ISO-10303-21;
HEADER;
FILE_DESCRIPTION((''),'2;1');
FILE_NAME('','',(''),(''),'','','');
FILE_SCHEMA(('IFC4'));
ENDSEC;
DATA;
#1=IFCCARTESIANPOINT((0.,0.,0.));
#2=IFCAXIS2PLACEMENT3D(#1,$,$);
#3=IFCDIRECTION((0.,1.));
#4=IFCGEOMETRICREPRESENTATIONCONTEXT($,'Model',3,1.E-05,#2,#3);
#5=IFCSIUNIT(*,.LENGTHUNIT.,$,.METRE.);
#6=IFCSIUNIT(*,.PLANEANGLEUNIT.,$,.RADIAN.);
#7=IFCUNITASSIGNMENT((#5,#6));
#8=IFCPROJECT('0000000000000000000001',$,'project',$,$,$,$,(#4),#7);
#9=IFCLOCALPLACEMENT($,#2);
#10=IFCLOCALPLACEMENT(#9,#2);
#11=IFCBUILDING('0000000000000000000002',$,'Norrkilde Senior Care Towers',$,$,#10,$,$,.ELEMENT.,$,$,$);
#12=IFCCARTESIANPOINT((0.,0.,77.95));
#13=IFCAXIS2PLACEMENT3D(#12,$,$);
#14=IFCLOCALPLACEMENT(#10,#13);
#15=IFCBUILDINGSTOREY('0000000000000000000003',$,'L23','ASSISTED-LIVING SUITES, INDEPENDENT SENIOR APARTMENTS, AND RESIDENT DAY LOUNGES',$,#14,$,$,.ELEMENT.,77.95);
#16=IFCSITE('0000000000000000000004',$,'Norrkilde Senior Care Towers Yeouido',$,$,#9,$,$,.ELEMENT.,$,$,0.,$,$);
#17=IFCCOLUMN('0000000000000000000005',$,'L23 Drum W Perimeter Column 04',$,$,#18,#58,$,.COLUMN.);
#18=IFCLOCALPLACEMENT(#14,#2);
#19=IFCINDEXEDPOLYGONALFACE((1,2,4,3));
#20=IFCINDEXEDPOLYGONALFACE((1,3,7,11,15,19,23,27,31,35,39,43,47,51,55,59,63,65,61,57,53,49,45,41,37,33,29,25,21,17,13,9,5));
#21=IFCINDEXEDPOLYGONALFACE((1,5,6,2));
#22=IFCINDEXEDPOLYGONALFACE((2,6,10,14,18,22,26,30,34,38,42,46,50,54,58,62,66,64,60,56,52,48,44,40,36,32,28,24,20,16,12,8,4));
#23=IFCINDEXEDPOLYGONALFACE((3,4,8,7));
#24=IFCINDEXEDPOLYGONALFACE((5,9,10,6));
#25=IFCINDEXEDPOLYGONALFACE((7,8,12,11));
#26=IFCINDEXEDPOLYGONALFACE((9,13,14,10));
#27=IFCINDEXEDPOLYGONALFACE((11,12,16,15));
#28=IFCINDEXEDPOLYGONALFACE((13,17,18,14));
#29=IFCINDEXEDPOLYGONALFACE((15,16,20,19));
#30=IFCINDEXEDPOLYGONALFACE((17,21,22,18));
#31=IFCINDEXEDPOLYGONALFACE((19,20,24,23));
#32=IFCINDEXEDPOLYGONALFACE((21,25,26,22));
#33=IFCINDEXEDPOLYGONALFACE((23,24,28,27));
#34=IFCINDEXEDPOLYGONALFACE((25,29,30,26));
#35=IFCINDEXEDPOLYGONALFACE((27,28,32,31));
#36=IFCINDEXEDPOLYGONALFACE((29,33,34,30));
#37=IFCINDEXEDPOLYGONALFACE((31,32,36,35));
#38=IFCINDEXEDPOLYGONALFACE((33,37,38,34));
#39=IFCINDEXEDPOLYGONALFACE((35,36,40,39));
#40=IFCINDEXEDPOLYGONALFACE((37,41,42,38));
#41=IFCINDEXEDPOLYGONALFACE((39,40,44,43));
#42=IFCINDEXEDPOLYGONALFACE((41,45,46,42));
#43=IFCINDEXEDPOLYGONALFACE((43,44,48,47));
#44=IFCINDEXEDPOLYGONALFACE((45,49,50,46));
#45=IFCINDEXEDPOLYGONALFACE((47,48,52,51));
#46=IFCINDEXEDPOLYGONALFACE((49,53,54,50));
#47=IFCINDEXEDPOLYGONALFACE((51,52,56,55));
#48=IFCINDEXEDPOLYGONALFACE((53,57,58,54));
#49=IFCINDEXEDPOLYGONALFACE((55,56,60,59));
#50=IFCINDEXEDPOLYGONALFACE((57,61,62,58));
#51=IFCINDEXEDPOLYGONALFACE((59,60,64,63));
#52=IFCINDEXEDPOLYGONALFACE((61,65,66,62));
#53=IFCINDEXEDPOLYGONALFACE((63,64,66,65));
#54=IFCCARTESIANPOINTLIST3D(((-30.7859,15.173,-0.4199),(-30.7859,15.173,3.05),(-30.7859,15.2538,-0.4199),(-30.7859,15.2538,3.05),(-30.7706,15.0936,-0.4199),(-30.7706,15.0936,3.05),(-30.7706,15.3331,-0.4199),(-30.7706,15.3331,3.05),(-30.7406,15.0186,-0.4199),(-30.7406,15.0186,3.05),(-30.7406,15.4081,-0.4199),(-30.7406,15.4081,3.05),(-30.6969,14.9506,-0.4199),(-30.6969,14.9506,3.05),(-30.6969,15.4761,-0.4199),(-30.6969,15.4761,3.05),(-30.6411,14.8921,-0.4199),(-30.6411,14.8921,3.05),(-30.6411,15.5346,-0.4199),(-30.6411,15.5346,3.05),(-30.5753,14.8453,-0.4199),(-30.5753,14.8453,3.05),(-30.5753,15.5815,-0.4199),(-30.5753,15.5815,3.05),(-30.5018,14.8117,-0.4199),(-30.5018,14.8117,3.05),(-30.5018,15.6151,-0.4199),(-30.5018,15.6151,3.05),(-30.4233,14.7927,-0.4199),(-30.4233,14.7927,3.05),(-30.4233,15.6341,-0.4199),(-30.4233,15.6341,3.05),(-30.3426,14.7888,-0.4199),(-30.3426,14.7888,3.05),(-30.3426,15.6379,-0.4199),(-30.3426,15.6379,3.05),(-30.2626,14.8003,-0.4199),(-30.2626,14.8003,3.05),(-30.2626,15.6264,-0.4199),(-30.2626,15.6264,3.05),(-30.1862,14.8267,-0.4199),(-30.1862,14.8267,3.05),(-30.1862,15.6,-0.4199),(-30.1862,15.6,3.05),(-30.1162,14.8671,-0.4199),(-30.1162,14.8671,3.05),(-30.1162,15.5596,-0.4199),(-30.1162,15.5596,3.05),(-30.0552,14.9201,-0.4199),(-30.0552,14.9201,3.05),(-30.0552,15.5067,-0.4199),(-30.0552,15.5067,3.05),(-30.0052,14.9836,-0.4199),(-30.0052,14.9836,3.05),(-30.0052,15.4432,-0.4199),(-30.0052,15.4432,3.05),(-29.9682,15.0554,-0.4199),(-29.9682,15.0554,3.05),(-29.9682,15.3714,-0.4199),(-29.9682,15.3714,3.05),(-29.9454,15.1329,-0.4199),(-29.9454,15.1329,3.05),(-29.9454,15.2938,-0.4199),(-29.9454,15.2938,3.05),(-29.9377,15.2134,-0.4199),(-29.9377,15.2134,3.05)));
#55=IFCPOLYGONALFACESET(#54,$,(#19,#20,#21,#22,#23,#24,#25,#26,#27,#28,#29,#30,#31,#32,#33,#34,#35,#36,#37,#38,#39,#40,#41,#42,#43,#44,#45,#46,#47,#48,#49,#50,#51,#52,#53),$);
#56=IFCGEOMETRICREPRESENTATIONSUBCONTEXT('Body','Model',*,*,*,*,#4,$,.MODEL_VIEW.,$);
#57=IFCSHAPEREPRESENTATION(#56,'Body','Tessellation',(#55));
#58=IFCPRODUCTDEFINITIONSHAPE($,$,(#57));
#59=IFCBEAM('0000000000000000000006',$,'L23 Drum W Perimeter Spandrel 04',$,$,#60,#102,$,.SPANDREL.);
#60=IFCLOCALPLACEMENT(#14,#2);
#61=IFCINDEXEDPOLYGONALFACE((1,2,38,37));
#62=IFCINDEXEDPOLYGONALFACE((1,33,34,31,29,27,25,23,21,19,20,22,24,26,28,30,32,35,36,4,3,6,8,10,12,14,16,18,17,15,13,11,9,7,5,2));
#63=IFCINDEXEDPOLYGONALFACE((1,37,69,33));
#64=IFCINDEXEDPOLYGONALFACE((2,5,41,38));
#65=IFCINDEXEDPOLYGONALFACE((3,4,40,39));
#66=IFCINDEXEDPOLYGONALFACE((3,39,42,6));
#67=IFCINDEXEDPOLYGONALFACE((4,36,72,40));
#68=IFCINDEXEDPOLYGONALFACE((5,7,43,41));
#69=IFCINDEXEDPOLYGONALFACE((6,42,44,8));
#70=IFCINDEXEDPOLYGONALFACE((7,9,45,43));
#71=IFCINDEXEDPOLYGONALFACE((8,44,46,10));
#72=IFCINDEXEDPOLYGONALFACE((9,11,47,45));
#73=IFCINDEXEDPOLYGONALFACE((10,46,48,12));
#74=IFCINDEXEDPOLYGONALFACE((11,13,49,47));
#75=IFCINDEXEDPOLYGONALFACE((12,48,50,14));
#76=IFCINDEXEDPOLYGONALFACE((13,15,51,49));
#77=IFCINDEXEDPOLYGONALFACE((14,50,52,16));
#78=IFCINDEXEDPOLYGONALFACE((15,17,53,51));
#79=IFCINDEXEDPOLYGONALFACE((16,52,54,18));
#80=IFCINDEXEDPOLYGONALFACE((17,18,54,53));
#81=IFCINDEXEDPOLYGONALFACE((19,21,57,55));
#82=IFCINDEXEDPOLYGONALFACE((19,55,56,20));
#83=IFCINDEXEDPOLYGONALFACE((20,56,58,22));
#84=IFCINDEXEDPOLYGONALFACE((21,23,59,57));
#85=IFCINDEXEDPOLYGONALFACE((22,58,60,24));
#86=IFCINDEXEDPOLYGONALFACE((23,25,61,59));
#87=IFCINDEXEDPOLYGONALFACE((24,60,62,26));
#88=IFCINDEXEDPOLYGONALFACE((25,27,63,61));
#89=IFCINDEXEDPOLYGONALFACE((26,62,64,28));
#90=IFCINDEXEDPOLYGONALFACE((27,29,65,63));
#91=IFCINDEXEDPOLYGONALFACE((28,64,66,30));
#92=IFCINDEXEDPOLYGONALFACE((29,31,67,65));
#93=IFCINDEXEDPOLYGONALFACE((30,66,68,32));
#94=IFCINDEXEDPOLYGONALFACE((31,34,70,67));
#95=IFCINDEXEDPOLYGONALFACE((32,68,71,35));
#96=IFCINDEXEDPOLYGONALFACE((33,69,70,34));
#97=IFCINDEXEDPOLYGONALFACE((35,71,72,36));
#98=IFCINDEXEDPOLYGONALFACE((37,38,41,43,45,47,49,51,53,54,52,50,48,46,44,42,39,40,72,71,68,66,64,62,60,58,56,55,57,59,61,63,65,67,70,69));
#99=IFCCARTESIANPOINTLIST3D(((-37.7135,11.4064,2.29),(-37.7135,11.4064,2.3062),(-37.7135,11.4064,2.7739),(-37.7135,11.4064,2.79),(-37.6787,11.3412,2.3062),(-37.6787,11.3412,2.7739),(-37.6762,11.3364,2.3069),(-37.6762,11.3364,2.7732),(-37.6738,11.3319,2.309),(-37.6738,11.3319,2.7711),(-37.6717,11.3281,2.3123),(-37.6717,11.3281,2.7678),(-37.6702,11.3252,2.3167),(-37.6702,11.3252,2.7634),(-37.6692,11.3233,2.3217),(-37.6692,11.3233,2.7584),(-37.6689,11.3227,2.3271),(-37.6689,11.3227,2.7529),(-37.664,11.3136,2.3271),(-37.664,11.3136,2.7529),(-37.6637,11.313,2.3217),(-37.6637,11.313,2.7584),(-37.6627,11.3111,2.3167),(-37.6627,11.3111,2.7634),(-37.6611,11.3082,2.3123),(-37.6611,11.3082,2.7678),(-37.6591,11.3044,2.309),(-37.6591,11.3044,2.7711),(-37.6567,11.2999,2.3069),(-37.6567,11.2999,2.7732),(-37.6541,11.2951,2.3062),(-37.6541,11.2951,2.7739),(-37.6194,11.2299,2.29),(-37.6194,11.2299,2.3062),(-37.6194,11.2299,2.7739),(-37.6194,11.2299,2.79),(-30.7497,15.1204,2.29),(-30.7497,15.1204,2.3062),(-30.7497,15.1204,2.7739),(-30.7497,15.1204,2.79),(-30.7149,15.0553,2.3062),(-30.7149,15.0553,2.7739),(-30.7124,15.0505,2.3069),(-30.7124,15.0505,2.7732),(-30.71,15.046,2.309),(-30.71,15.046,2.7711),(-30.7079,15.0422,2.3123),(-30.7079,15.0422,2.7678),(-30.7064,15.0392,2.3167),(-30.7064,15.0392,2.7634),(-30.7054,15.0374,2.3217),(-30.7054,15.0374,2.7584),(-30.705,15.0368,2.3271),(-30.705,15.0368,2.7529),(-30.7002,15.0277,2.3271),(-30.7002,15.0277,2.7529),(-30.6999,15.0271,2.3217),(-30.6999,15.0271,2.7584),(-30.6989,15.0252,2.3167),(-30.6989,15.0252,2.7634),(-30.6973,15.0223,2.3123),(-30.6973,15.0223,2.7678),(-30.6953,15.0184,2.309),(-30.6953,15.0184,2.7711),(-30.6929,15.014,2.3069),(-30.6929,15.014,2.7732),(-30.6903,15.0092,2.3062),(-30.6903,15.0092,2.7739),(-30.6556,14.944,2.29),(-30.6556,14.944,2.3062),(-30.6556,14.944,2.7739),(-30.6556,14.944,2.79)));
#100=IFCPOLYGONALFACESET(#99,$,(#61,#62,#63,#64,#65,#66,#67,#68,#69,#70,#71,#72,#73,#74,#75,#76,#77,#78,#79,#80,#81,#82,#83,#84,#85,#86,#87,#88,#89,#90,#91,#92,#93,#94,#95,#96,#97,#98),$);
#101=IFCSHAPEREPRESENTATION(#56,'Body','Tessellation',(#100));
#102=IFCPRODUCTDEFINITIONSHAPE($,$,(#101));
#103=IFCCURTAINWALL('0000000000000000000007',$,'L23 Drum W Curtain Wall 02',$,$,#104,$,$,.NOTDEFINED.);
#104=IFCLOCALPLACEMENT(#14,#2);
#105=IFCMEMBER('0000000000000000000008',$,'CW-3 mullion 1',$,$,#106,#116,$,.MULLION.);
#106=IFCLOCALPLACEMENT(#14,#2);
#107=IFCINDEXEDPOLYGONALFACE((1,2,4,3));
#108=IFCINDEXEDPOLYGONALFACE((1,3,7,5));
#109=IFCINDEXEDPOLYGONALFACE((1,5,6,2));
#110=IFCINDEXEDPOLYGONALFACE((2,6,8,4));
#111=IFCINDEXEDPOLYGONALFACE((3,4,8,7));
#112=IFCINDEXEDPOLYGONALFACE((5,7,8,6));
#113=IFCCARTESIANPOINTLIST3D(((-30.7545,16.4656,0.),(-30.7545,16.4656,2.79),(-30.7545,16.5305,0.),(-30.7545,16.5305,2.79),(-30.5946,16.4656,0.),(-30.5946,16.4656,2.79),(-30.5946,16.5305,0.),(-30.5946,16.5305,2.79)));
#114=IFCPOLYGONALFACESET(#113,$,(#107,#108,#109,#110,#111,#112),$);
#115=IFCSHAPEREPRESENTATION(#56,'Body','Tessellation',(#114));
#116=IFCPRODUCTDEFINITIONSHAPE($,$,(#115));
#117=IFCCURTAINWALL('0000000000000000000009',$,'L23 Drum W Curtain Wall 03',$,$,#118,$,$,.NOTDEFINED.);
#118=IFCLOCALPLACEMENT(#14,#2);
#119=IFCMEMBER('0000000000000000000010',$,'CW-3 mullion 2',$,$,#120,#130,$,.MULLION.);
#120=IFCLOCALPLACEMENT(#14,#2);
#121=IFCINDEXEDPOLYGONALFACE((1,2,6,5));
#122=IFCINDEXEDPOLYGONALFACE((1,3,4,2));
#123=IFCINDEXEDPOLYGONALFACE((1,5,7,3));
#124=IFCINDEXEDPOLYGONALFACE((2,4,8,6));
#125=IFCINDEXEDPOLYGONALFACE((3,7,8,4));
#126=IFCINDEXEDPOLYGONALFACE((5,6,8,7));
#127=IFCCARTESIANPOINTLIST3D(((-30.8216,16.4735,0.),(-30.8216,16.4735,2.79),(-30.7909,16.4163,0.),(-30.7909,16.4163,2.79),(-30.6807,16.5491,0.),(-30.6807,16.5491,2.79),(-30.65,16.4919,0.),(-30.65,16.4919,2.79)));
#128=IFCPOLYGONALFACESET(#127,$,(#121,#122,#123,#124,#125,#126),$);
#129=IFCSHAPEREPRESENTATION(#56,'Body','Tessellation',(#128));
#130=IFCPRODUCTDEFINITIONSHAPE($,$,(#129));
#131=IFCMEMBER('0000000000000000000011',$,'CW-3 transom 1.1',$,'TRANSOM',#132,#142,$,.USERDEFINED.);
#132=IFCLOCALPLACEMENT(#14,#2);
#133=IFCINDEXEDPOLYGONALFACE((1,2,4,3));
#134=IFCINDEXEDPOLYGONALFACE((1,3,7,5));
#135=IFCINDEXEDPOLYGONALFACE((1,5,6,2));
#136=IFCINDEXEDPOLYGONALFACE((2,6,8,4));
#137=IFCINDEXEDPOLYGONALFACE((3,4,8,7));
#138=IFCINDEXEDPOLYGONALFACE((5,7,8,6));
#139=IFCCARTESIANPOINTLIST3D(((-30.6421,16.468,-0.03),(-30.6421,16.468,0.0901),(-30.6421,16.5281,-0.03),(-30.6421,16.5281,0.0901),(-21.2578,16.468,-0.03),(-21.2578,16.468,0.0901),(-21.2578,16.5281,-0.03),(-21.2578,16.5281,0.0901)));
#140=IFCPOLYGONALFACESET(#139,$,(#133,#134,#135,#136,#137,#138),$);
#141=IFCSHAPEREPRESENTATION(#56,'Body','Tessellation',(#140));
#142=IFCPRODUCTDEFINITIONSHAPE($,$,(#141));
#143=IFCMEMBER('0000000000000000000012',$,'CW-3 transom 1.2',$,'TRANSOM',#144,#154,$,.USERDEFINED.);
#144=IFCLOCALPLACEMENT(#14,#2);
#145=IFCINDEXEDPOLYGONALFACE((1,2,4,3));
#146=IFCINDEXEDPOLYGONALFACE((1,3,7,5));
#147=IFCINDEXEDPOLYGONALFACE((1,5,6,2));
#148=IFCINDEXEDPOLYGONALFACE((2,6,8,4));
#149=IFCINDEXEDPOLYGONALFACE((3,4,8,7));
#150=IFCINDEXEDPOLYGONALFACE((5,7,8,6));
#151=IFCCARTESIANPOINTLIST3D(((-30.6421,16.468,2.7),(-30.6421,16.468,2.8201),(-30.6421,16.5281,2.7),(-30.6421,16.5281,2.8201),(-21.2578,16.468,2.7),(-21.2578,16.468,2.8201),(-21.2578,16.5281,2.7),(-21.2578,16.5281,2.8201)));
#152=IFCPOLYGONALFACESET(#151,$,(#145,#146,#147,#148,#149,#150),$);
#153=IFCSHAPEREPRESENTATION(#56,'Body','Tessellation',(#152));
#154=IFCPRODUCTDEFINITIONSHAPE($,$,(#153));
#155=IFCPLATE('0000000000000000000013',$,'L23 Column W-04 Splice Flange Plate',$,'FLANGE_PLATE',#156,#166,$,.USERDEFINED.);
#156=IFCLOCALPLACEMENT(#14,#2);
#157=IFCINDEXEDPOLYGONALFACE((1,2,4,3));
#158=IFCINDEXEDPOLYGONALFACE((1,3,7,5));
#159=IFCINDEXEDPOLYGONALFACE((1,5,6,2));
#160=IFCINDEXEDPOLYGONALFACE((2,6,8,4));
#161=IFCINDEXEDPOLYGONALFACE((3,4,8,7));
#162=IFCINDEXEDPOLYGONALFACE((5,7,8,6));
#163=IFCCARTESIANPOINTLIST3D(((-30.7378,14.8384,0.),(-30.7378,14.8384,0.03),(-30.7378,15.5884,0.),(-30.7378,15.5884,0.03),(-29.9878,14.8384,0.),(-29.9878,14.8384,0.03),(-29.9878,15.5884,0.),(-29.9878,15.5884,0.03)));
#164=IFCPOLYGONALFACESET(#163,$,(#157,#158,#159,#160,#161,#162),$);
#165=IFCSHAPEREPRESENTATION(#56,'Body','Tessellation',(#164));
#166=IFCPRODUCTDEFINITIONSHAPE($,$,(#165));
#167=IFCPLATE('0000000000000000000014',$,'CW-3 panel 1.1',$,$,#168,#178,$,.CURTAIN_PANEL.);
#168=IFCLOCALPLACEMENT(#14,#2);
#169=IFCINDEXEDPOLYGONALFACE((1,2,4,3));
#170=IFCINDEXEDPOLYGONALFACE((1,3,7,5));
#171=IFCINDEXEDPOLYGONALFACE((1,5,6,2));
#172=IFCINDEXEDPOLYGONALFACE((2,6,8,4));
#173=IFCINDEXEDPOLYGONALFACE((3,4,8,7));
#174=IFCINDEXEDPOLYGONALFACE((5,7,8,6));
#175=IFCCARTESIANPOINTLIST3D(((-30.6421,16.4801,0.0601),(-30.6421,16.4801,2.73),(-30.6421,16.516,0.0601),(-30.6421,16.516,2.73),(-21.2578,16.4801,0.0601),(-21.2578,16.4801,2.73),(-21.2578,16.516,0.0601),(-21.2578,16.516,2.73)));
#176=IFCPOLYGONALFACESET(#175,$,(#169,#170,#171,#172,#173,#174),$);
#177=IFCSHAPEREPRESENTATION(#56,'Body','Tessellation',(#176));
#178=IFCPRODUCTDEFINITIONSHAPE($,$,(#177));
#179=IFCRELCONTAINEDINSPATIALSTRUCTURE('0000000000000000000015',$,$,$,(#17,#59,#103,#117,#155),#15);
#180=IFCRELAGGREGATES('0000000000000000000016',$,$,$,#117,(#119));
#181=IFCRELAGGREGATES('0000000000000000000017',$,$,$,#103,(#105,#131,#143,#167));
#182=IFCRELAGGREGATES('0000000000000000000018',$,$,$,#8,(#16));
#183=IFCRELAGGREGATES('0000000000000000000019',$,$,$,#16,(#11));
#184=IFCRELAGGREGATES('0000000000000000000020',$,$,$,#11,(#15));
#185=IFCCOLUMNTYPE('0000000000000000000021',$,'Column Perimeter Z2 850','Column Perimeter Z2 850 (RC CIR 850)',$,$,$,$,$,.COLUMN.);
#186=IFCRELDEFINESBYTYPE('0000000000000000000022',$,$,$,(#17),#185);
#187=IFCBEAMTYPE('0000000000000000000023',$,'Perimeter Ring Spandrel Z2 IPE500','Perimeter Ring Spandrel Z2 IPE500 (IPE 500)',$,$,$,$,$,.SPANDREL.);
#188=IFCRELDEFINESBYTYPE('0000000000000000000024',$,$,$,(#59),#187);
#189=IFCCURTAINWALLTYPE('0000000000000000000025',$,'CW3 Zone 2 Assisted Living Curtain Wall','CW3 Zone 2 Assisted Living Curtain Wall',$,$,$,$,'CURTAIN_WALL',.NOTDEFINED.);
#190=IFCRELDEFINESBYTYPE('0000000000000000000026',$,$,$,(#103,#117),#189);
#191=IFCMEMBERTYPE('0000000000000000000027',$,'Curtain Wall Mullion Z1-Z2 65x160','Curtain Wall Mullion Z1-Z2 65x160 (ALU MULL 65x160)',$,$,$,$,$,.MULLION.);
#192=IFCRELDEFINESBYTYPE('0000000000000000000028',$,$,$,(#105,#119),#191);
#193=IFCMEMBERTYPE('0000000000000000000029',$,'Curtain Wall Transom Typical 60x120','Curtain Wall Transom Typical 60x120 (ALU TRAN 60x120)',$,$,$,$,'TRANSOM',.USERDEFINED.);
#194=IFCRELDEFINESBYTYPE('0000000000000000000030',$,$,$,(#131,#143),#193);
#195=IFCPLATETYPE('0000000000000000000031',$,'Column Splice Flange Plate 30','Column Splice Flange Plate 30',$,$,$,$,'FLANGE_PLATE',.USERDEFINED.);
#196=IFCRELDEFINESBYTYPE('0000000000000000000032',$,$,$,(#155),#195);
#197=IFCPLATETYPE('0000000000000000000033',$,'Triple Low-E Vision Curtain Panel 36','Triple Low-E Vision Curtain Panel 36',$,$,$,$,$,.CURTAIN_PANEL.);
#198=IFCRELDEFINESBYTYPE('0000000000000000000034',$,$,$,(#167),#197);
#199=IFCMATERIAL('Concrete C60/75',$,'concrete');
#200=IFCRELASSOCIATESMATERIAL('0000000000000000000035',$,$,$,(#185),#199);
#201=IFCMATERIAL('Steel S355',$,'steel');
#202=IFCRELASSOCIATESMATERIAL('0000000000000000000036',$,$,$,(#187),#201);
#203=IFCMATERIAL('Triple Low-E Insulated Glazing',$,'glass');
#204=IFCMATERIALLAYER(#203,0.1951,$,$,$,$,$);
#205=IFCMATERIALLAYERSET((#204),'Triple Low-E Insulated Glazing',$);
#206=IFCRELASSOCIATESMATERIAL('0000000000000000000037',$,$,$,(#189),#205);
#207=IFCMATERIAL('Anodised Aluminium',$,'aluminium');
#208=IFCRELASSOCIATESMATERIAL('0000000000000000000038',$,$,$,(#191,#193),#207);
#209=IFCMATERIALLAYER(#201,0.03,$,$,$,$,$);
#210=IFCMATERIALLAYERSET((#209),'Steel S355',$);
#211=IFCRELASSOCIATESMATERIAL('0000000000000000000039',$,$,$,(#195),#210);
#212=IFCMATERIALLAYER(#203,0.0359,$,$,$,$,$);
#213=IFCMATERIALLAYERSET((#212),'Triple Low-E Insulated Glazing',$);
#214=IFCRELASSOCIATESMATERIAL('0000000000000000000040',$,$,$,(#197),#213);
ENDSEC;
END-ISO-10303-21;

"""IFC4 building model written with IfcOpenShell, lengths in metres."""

from ifc_helpers import new_model, si_unit, direction, frame, origin, origin_2d, place, context, subcontext, project, spatial, rectangle, circle, i_section, extrude, source, transform, mapped, material, layer, layer_set, material_profile, profile_set, type_object, type_shapes, element, aggregate, save


model = new_model("IFC4")

# Units and contexts
model_context = context("Model", 3, precision=1e-05, world=origin(), true_north=direction((0.0, 1.0)))
body_context = subcontext(model_context, "Body", "Model", "MODEL_VIEW")
ifc_project = project(units=[si_unit("LENGTHUNIT", "METRE"), si_unit("PLANEANGLEUNIT", "RADIAN")], contexts=[model_context])

# Site, building, storey
site_placement = place(None, origin())
site = spatial("IfcSite", under=ifc_project, at=site_placement, Name="Norrkilde Senior Care Towers Yeouido", CompositionType="ELEMENT", RefElevation=0.0)
building_placement = place(site_placement, origin())
building = spatial("IfcBuilding", under=site, at=building_placement, Name="Norrkilde Senior Care Towers", CompositionType="ELEMENT")
storey_placement = place(building_placement, frame((0.0, 0.0, 77.95)))
storey = spatial("IfcBuildingStorey", under=building, at=storey_placement, Name="L23", Description="ASSISTED-LIVING SUITES, INDEPENDENT SENIOR APARTMENTS, AND RESIDENT DAY LOUNGES", CompositionType="ELEMENT", Elevation=77.95)

# Column
ifc_material_1 = material(Name="Concrete C60/75", Category="concrete")
ifc_material_profile_1 = material_profile(ifc_material_1, circle(Radius=0.425, at=origin_2d()), Name="RC CIR 850")
ifc_profile_set_1 = profile_set([ifc_material_profile_1], Name="Concrete C60/75")
column_type = type_object("IfcColumnType", Name="Column Perimeter Z2 850", Description="Column Perimeter Z2 850 (RC CIR 850)", PredefinedType="COLUMN", material=ifc_profile_set_1)
shared_shape_1 = source(origin(), body_context, "Body", "SweptSolid", [
    extrude(circle(Radius=0.425, at=origin_2d()), origin(), (0.0, 0.0, 1.0), 3.47),
])
type_shapes(column_type, [shared_shape_1])
column_placement = place(storey_placement, frame((-30.3628, 15.2134, -0.4199), z_axis=(0.0, 0.0, 1.0), x_axis=(1.0, 0.0, 0.0)))
element("IfcColumn", 1, at=column_placement, inside=storey, type_object=column_type, Name="L23 Drum W Perimeter Column 04", PredefinedType="COLUMN", context=body_context, shape_type="MappedRepresentation", body=[
    mapped(shared_shape_1, transform((0.0, 0.0, 0.0), x_axis=(1.0, 0.0, 0.0), y_axis=(0.0, 1.0, 0.0), z_axis=(0.0, 0.0, 1.0), scale=1.0)),
])

# Beam
ifc_material_2 = material(Name="Steel S355", Category="steel")
ifc_material_profile_2 = material_profile(ifc_material_2, i_section(OverallWidth=0.2, OverallDepth=0.5, WebThickness=0.0103, FlangeThickness=0.0161, FilletRadius=0.021, at=origin_2d()), Name="IPE 500")
ifc_profile_set_2 = profile_set([ifc_material_profile_2], Name="Steel S355")
beam_type = type_object("IfcBeamType", Name="Perimeter Ring Spandrel Z2 IPE500", Description="Perimeter Ring Spandrel Z2 IPE500 (IPE 500)", PredefinedType="SPANDREL", material=ifc_profile_set_2)
shared_shape_2 = source(origin(), body_context, "Body", "SweptSolid", [
    extrude(i_section(OverallWidth=0.2, OverallDepth=0.5, WebThickness=0.0103, FlangeThickness=0.0161, FilletRadius=0.021, at=origin_2d()), origin(), (0.0, 0.0, 1.0), 7.8923),
])
type_shapes(beam_type, [shared_shape_2])
beam_placement = place(storey_placement, frame((-30.7026, 15.0322, 2.54), z_axis=(-0.88235, -0.470593, 0.0), x_axis=(0.470593, -0.88235, 0.0)))
element("IfcBeam", 2, at=beam_placement, inside=storey, type_object=beam_type, Name="L23 Drum W Perimeter Spandrel 04", PredefinedType="SPANDREL", context=body_context, shape_type="MappedRepresentation", body=[
    mapped(shared_shape_2, transform((0.0, 0.0, 0.0), x_axis=(1.0, 0.0, 0.0), y_axis=(0.0, 1.0, 0.0), z_axis=(0.0, 0.0, 1.0), scale=1.0)),
])

# Curtain walls, members
ifc_material_3 = material(Name="Triple Low-E Insulated Glazing", Category="glass")
ifc_layer_1 = layer(ifc_material_3, 0.1951)
ifc_layer_set_1 = layer_set([ifc_layer_1], Name="Triple Low-E Insulated Glazing")
curtain_wall_type = type_object("IfcCurtainWallType", Name="CW3 Zone 2 Assisted Living Curtain Wall", Description="CW3 Zone 2 Assisted Living Curtain Wall", ElementType="CURTAIN_WALL", PredefinedType="NOTDEFINED", material=ifc_layer_set_1)
curtain_wall_1_placement = place(storey_placement, origin())
curtain_wall_1 = element("IfcCurtainWall", 3, at=curtain_wall_1_placement, inside=storey, type_object=curtain_wall_type, Name="L23 Drum W Curtain Wall 02", PredefinedType="NOTDEFINED")
ifc_material_4 = material(Name="Anodised Aluminium", Category="aluminium")
ifc_material_profile_3 = material_profile(ifc_material_4, rectangle(XDim=0.0649, YDim=0.1599, at=origin_2d()), Name="ALU MULL 65x160")
ifc_profile_set_3 = profile_set([ifc_material_profile_3], Name="Anodised Aluminium")
member_type_1 = type_object("IfcMemberType", Name="Curtain Wall Mullion Z1-Z2 65x160", Description="Curtain Wall Mullion Z1-Z2 65x160 (ALU MULL 65x160)", PredefinedType="MULLION", material=ifc_profile_set_3)
shared_shape_3 = source(origin(), body_context, "Body", "SweptSolid", [
    extrude(rectangle(XDim=0.0649, YDim=0.1599, at=origin_2d()), origin(), (0.0, 0.0, 1.0), 2.79),
])
type_shapes(member_type_1, [shared_shape_3])
member_1_placement = place(storey_placement, frame((-30.6746, 16.498, 0.0), z_axis=(0.0, 0.0, 1.0), x_axis=(0.0, 1.0, 0.0)))
member_1 = element("IfcMember", 4, at=member_1_placement, type_object=member_type_1, Name="CW-3 mullion 1", PredefinedType="MULLION", context=body_context, shape_type="MappedRepresentation", body=[
    mapped(shared_shape_3, transform((0.0, 0.0, 0.0), x_axis=(1.0, 0.0, 0.0), y_axis=(0.0, 1.0, 0.0), z_axis=(0.0, 0.0, 1.0), scale=1.0)),
])
curtain_wall_2_placement = place(storey_placement, origin())
curtain_wall_2 = element("IfcCurtainWall", 5, at=curtain_wall_2_placement, inside=storey, type_object=curtain_wall_type, Name="L23 Drum W Curtain Wall 03", PredefinedType="NOTDEFINED")
member_2_placement = place(storey_placement, frame((-30.7358, 16.4827, 0.0), z_axis=(0.0, 0.0, 1.0), x_axis=(-0.472769, 0.881186, 0.0)))
member_2 = element("IfcMember", 6, at=member_2_placement, type_object=member_type_1, Name="CW-3 mullion 2", PredefinedType="MULLION", context=body_context, shape_type="MappedRepresentation", body=[
    mapped(shared_shape_3, transform((0.0, 0.0, 0.0), x_axis=(1.0, 0.0, 0.0), y_axis=(0.0, 1.0, 0.0), z_axis=(0.0, 0.0, 1.0), scale=1.0)),
])
aggregate(curtain_wall_2, [member_2])

# Members
ifc_material_profile_4 = material_profile(ifc_material_4, rectangle(XDim=0.0601, YDim=0.1201, at=origin_2d()), Name="ALU TRAN 60x120")
ifc_profile_set_4 = profile_set([ifc_material_profile_4], Name="Anodised Aluminium")
member_type_2 = type_object("IfcMemberType", Name="Curtain Wall Transom Typical 60x120", Description="Curtain Wall Transom Typical 60x120 (ALU TRAN 60x120)", ElementType="TRANSOM", PredefinedType="USERDEFINED", material=ifc_profile_set_4)
shared_shape_4 = source(origin(), body_context, "Body", "SweptSolid", [
    extrude(rectangle(XDim=0.0601, YDim=0.1201, at=origin_2d()), origin(), (0.0, 0.0, 1.0), 9.3843),
])
type_shapes(member_type_2, [shared_shape_4])
member_3_placement = place(storey_placement, frame((-30.6421, 16.498, 0.03), z_axis=(1.0, 0.0, 0.0), x_axis=(0.0, 1.0, 0.0)))
member_3 = element("IfcMember", 7, at=member_3_placement, type_object=member_type_2, Name="CW-3 transom 1.1", ObjectType="TRANSOM", PredefinedType="USERDEFINED", context=body_context, shape_type="MappedRepresentation", body=[
    mapped(shared_shape_4, transform((0.0, 0.0, 0.0), x_axis=(1.0, 0.0, 0.0), y_axis=(0.0, 1.0, 0.0), z_axis=(0.0, 0.0, 1.0), scale=1.0)),
])
member_4_placement = place(storey_placement, frame((-30.6421, 16.498, 2.76), z_axis=(1.0, 0.0, 0.0), x_axis=(0.0, 1.0, 0.0)))
member_4 = element("IfcMember", 8, at=member_4_placement, type_object=member_type_2, Name="CW-3 transom 1.2", ObjectType="TRANSOM", PredefinedType="USERDEFINED", context=body_context, shape_type="MappedRepresentation", body=[
    mapped(shared_shape_4, transform((0.0, 0.0, 0.0), x_axis=(1.0, 0.0, 0.0), y_axis=(0.0, 1.0, 0.0), z_axis=(0.0, 0.0, 1.0), scale=1.0)),
])

# Plates
ifc_layer_2 = layer(ifc_material_2, 0.03)
ifc_layer_set_2 = layer_set([ifc_layer_2], Name="Steel S355")
plate_type_1 = type_object("IfcPlateType", Name="Column Splice Flange Plate 30", Description="Column Splice Flange Plate 30", ElementType="FLANGE_PLATE", PredefinedType="USERDEFINED", material=ifc_layer_set_2)
shared_shape_5 = source(origin(), body_context, "Body", "SweptSolid", [
    extrude(rectangle(XDim=0.75, YDim=0.75, at=origin_2d()), origin(), (0.0, 0.0, 1.0), 0.03),
])
type_shapes(plate_type_1, [shared_shape_5])
plate_1_placement = place(storey_placement, frame((-30.3628, 15.2134, 0.0), z_axis=(0.0, 0.0, 1.0), x_axis=(1.0, 0.0, 0.0)))
element("IfcPlate", 9, at=plate_1_placement, inside=storey, type_object=plate_type_1, Name="L23 Column W-04 Splice Flange Plate", ObjectType="FLANGE_PLATE", PredefinedType="USERDEFINED", context=body_context, shape_type="MappedRepresentation", body=[
    mapped(shared_shape_5, transform((0.0, 0.0, 0.0), x_axis=(1.0, 0.0, 0.0), y_axis=(0.0, 1.0, 0.0), z_axis=(0.0, 0.0, 1.0), scale=1.0)),
])
ifc_layer_3 = layer(ifc_material_3, 0.0359)
ifc_layer_set_3 = layer_set([ifc_layer_3], Name="Triple Low-E Insulated Glazing")
plate_type_2 = type_object("IfcPlateType", Name="Triple Low-E Vision Curtain Panel 36", Description="Triple Low-E Vision Curtain Panel 36", PredefinedType="CURTAIN_PANEL", material=ifc_layer_set_3)
shared_shape_6 = source(origin(), body_context, "Body", "SweptSolid", [
    extrude(rectangle(XDim=9.3843, YDim=0.0359, at=origin_2d()), origin(), (0.0, 0.0, 1.0), 2.6699),
])
type_shapes(plate_type_2, [shared_shape_6])
plate_2_placement = place(storey_placement, frame((-25.95, 16.498, 0.0601), z_axis=(0.0, 0.0, 1.0), x_axis=(1.0, 0.0, 0.0)))
plate_2 = element("IfcPlate", 10, at=plate_2_placement, type_object=plate_type_2, Name="CW-3 panel 1.1", PredefinedType="CURTAIN_PANEL", context=body_context, shape_type="MappedRepresentation", body=[
    mapped(shared_shape_6, transform((0.0, 0.0, 0.0), x_axis=(1.0, 0.0, 0.0), y_axis=(0.0, 1.0, 0.0), z_axis=(0.0, 0.0, 1.0), scale=1.0)),
])
aggregate(curtain_wall_1, [member_1, member_3, member_4, plate_2])

save(model, "model.ifc")
